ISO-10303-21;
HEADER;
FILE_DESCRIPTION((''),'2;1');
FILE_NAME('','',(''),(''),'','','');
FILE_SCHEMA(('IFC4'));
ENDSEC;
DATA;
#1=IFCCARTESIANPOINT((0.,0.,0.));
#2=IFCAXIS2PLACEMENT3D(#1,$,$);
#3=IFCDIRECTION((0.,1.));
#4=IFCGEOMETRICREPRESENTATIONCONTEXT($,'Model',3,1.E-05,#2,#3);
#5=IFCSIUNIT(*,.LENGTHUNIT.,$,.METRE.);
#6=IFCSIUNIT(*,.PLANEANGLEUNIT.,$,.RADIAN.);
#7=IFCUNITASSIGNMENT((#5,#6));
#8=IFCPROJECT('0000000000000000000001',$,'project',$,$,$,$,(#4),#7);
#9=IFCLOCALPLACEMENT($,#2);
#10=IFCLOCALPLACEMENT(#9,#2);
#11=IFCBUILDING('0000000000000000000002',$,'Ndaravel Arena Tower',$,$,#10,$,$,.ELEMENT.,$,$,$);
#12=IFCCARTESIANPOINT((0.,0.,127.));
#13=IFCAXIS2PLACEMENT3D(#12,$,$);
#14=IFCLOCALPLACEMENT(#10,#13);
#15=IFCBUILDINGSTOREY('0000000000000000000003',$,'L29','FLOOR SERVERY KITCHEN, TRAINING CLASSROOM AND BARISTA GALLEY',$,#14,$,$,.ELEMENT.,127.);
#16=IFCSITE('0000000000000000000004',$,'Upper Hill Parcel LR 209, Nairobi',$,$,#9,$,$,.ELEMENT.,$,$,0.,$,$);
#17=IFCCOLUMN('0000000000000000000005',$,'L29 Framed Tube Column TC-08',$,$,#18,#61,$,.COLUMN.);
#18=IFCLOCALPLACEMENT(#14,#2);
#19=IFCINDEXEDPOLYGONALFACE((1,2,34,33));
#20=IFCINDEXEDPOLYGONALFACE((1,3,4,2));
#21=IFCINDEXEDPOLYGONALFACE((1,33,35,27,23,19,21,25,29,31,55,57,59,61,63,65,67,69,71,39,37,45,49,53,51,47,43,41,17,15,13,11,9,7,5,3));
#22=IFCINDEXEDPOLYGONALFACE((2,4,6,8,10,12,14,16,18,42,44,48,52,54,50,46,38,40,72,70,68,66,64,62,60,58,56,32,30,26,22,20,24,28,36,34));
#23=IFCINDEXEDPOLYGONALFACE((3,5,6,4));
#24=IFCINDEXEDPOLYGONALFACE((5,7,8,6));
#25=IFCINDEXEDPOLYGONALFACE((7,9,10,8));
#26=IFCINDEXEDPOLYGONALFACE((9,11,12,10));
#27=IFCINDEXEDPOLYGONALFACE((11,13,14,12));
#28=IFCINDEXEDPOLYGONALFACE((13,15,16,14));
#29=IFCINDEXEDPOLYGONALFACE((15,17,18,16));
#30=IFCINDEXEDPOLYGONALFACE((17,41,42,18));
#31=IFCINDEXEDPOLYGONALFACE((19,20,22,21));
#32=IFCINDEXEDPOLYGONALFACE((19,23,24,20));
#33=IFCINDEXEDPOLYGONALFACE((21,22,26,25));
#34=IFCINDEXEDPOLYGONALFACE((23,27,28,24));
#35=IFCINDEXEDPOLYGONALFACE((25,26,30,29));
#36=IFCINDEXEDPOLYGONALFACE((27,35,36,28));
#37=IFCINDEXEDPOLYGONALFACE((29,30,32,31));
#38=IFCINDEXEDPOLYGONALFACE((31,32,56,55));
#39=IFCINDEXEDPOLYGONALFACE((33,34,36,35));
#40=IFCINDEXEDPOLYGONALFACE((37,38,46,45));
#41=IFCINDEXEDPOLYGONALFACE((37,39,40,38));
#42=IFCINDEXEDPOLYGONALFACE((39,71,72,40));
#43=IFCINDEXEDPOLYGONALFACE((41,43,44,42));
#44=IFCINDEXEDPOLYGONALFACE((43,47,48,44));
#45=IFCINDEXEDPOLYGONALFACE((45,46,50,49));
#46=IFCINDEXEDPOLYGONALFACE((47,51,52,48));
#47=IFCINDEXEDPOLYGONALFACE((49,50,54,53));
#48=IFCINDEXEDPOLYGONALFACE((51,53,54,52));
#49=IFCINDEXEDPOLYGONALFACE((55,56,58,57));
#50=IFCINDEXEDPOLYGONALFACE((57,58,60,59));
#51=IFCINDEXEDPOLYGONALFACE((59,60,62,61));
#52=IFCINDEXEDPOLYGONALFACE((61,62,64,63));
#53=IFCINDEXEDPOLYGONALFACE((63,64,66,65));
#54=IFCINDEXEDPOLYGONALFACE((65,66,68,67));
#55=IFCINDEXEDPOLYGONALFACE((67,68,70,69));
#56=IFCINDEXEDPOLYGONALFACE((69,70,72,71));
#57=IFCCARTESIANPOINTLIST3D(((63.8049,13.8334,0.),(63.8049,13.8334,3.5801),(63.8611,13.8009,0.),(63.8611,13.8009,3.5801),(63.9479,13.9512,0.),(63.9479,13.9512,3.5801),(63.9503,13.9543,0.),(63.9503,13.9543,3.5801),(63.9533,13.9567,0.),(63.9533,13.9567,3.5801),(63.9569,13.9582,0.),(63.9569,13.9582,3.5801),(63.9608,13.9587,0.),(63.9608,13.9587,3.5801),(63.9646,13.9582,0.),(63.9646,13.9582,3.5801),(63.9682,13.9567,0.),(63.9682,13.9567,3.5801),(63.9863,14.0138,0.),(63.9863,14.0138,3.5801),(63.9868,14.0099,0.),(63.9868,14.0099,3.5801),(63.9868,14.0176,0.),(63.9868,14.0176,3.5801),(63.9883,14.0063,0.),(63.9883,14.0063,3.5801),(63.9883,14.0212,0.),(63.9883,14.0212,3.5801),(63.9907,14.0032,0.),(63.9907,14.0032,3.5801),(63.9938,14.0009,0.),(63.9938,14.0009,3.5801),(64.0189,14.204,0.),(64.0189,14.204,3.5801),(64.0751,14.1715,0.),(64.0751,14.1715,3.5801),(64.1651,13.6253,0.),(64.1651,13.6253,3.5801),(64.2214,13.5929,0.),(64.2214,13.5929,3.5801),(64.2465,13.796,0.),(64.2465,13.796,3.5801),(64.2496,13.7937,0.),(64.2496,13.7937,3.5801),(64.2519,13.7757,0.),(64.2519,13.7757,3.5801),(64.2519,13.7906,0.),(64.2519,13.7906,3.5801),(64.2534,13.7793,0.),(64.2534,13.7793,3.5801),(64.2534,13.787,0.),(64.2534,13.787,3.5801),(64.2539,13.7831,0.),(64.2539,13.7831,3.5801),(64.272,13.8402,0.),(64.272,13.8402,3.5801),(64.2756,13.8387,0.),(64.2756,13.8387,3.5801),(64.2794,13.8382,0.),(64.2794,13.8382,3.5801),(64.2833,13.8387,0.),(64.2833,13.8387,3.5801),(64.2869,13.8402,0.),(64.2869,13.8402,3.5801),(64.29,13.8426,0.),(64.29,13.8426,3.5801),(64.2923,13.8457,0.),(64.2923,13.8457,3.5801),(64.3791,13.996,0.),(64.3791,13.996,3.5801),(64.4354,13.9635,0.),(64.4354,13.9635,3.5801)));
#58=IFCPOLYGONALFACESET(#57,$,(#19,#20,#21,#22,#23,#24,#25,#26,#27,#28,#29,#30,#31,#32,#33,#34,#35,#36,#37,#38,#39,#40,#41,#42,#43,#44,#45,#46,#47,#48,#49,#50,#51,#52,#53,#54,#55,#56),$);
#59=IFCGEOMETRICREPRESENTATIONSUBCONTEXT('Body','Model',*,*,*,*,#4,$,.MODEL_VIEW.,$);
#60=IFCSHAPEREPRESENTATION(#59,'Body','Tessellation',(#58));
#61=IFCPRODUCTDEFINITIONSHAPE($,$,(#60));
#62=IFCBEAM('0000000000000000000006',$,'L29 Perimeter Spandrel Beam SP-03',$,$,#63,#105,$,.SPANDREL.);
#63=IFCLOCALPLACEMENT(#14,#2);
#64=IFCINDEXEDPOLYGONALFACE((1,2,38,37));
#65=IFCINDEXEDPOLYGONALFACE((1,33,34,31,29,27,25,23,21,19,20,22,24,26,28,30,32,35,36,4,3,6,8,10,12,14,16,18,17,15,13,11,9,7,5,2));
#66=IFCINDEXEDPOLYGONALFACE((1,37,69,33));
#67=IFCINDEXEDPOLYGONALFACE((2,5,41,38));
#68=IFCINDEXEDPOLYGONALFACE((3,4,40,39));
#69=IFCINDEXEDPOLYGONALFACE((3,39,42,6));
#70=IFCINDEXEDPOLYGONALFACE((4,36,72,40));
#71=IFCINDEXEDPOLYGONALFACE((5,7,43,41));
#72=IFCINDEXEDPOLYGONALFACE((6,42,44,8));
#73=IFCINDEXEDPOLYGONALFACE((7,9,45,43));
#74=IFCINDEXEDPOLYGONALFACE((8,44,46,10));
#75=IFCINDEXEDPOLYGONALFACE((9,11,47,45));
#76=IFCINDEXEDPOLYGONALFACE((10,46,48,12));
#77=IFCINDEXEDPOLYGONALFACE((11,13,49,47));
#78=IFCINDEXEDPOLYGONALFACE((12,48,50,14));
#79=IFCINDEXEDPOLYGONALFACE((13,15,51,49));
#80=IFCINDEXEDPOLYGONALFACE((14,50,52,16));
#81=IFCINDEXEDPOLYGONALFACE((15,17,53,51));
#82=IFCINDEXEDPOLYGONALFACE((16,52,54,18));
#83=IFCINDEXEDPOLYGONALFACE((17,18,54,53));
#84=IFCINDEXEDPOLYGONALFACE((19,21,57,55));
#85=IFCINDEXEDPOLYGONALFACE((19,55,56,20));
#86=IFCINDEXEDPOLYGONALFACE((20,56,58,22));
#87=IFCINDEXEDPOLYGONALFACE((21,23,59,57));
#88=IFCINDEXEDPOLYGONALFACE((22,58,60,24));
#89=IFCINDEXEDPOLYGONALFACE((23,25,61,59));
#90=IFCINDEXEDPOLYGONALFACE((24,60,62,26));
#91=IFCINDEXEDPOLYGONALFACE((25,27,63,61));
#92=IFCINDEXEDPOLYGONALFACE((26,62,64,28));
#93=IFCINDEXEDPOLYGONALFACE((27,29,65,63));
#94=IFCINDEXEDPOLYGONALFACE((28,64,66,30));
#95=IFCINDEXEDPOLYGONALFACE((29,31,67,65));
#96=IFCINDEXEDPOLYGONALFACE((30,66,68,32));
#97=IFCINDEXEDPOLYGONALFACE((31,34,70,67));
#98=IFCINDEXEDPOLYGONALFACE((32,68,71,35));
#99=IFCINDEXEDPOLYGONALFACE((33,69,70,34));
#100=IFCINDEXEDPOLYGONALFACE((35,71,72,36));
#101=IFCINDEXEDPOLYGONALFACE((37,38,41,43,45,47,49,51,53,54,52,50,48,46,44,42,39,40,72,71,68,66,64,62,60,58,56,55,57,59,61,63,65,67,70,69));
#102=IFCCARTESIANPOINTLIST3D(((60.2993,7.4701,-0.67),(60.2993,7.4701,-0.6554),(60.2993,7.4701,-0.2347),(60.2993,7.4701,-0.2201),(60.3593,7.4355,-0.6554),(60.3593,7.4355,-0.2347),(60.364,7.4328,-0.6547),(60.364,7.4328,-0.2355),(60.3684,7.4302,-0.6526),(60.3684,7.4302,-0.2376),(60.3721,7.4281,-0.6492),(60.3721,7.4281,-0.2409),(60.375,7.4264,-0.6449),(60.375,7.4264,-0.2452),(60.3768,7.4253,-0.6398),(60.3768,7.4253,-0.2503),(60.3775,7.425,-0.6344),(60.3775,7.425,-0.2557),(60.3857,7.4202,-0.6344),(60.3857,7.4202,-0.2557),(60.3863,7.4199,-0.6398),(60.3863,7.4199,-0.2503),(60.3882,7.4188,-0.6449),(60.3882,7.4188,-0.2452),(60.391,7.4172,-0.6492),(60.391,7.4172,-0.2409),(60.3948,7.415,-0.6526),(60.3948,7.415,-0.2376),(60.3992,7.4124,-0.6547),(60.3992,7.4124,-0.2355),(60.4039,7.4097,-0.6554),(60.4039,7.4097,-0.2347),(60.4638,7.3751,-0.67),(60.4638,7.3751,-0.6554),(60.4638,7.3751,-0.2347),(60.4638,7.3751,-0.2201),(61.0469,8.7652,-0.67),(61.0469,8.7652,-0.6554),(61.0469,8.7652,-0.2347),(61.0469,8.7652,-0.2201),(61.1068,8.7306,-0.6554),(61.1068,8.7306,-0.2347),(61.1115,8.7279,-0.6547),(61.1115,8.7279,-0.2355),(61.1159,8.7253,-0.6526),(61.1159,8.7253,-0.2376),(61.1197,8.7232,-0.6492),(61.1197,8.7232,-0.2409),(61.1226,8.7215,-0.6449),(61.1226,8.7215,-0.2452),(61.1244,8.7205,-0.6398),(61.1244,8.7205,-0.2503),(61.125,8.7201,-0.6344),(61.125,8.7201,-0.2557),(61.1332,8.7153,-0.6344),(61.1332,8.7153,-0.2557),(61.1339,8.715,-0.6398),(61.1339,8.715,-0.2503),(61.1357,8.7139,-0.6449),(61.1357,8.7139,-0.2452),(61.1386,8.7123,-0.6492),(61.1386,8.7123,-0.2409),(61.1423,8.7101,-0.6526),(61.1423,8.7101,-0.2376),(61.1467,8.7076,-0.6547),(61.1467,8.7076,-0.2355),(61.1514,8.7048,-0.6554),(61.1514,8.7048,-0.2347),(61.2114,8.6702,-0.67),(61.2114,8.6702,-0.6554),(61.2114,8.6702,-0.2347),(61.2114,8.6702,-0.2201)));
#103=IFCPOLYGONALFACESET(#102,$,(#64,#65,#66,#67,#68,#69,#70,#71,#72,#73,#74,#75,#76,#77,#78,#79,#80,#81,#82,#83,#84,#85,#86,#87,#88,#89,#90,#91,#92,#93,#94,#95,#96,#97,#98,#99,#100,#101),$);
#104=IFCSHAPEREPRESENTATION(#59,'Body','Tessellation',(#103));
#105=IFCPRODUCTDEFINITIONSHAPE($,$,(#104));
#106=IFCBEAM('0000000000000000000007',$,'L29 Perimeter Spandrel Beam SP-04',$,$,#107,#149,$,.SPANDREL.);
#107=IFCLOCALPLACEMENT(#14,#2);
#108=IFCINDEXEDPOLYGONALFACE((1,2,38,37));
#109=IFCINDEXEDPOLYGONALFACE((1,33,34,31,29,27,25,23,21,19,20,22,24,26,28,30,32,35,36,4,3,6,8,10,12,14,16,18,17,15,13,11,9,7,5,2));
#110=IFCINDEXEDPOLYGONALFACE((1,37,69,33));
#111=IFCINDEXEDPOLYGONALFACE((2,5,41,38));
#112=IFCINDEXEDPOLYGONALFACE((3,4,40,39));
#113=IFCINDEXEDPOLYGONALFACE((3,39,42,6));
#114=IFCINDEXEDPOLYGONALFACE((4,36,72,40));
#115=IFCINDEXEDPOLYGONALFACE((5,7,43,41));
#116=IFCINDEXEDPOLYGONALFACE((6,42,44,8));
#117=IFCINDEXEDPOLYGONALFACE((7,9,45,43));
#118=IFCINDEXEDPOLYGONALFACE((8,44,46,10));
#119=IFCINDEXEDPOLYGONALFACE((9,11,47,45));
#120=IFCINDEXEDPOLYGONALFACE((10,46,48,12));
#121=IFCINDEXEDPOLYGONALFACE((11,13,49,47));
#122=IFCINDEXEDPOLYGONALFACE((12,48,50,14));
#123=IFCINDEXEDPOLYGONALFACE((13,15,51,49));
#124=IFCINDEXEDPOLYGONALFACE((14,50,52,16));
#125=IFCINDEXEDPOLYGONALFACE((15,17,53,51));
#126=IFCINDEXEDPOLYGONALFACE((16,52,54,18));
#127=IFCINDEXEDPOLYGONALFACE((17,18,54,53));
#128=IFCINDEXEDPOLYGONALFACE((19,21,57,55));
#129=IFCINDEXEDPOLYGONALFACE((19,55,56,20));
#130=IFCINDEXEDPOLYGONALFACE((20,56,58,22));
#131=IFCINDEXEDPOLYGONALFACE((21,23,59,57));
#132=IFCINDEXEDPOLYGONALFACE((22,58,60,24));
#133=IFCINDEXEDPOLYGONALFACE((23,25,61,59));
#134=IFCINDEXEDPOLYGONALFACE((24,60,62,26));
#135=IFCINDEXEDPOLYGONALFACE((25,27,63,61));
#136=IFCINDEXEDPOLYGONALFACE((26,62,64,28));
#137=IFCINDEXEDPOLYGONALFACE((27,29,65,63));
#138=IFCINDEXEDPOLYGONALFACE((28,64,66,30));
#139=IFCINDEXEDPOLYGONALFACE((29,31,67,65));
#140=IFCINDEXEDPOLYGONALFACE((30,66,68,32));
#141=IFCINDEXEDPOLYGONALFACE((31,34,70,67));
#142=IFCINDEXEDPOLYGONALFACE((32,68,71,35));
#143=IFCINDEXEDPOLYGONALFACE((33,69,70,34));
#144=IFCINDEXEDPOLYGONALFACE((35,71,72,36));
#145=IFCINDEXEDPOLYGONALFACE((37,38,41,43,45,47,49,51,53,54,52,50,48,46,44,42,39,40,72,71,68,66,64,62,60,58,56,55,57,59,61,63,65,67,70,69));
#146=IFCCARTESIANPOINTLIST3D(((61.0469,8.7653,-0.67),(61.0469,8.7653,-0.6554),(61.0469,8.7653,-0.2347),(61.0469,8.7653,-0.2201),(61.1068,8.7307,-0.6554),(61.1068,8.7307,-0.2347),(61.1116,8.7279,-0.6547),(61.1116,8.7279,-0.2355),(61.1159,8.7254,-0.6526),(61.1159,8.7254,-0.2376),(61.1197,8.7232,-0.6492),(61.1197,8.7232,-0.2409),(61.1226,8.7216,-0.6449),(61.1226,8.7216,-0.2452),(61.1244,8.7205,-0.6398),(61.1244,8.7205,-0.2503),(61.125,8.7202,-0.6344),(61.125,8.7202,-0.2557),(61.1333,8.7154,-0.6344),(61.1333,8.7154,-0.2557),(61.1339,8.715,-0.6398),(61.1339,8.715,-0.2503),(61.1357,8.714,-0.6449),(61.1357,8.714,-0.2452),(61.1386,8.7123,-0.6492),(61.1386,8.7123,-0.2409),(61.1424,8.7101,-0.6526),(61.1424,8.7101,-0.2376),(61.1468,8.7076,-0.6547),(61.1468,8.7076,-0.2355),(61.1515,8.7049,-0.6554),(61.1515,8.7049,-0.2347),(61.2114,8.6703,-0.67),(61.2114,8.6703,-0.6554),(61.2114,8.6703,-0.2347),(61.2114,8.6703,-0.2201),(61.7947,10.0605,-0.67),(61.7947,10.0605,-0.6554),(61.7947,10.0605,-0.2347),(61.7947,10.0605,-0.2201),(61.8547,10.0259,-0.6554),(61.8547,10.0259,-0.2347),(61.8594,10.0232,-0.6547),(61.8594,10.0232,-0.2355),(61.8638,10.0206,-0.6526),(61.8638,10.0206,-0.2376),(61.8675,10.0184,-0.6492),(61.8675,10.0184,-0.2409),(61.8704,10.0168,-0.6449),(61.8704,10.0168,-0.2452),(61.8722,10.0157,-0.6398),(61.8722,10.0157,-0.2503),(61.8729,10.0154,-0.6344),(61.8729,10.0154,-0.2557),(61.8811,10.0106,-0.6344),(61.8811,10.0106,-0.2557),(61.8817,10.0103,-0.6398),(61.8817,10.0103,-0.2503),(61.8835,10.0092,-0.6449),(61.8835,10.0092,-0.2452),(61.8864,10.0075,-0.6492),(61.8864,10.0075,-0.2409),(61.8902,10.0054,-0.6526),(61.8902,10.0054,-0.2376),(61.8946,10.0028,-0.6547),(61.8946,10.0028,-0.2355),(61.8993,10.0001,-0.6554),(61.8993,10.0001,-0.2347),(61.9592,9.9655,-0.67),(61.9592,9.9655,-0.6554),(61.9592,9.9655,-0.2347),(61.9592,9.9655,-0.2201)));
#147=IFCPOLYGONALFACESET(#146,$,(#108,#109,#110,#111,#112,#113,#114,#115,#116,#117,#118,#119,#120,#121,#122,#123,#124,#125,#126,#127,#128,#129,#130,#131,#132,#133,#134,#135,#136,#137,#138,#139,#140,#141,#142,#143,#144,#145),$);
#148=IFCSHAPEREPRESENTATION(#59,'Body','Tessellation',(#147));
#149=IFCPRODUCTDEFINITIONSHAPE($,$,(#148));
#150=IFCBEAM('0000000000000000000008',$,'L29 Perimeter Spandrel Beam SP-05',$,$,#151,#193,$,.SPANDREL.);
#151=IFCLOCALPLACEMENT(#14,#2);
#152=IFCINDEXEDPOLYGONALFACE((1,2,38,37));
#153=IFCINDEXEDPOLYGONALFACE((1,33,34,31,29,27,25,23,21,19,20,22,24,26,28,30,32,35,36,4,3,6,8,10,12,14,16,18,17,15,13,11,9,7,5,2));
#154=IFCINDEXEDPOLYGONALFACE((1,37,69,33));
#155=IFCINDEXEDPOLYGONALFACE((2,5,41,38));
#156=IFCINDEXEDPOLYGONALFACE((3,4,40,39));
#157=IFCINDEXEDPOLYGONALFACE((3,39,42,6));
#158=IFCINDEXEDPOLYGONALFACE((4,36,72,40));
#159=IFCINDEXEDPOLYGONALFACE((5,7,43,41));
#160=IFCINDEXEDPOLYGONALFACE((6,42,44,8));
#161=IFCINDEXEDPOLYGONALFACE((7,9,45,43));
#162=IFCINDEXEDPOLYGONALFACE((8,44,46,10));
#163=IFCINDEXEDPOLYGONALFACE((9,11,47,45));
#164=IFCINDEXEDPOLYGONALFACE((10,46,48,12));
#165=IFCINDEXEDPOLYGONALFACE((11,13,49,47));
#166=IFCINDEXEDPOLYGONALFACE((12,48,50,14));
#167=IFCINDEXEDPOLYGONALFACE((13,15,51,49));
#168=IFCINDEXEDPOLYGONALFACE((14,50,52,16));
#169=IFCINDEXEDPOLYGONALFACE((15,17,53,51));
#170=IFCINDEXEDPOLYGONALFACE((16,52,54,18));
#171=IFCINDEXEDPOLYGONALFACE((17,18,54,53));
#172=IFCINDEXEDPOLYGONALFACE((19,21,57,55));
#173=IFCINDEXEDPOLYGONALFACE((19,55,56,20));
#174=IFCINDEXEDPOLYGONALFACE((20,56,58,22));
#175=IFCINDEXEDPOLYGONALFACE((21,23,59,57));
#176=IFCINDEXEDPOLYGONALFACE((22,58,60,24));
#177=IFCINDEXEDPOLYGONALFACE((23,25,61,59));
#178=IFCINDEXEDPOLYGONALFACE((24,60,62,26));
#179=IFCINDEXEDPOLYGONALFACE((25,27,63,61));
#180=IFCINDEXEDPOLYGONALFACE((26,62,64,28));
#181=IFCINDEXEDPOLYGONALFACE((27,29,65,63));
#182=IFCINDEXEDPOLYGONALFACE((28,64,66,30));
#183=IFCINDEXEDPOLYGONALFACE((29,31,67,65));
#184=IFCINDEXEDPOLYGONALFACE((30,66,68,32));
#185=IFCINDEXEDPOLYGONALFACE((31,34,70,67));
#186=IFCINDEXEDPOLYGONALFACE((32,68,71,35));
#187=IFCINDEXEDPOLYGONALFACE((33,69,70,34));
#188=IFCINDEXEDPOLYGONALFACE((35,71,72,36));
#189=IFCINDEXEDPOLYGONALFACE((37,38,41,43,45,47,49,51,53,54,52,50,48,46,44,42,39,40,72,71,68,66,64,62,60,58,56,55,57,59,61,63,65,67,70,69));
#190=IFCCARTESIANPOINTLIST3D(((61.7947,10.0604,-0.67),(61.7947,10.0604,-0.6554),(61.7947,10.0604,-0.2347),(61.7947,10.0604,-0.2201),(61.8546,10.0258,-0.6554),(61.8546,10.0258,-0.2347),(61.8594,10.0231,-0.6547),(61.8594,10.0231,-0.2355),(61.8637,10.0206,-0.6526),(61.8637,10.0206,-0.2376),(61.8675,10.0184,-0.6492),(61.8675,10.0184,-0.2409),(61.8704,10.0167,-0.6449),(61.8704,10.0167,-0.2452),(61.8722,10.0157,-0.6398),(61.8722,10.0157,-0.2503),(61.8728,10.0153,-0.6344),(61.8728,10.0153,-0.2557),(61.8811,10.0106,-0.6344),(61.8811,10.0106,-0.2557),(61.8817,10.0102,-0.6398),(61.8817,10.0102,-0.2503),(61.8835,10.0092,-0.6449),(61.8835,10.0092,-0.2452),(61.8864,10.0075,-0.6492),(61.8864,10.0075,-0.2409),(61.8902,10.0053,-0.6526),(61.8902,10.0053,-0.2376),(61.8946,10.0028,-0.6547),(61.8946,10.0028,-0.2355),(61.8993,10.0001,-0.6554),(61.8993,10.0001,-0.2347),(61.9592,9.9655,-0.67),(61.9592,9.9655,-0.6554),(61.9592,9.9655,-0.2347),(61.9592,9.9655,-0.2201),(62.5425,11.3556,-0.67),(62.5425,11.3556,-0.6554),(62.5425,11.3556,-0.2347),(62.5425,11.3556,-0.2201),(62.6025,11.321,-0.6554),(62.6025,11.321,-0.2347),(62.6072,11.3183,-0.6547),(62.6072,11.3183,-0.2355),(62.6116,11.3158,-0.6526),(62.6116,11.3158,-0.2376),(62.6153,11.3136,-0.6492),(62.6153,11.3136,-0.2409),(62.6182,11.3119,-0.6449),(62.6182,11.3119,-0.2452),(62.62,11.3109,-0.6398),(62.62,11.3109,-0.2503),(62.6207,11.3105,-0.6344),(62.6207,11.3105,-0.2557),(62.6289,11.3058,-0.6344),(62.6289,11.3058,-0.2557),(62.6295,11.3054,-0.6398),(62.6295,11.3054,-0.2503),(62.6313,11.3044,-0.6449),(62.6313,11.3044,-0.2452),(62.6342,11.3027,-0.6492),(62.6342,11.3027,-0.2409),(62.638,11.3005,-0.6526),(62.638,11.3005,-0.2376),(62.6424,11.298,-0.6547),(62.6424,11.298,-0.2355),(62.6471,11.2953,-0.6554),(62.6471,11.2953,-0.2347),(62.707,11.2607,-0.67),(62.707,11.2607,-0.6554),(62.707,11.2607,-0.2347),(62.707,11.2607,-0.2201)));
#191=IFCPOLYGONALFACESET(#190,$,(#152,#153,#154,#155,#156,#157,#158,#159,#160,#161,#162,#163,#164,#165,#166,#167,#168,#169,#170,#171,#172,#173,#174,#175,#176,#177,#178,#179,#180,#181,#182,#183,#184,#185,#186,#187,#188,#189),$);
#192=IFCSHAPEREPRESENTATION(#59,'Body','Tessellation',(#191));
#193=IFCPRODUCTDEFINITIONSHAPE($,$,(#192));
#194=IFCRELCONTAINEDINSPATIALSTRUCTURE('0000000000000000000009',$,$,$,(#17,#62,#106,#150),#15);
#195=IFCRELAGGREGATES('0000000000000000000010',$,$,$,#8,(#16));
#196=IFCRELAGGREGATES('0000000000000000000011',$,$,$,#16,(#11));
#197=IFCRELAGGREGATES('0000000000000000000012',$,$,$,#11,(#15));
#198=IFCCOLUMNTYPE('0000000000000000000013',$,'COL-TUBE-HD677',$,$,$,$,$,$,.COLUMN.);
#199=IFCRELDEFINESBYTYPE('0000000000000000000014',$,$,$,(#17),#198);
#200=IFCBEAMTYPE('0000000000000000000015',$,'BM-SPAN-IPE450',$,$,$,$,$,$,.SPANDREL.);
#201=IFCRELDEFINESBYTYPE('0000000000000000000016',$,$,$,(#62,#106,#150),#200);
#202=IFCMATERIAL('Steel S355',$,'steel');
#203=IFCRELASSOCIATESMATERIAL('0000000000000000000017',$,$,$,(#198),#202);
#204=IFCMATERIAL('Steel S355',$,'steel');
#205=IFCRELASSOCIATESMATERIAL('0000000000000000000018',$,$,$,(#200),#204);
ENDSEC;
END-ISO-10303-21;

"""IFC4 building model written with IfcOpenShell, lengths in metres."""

from ifc_helpers import new_model, si_unit, direction, frame, origin, origin_2d, place, context, subcontext, project, spatial, i_section, extrude, material, material_profile, profile_set, type_object, element, save


model = new_model("IFC4")

# Units and contexts
model_context = context("Model", 3, precision=1e-05, world=origin(), true_north=direction((0.0, 1.0)))
body_context = subcontext(model_context, "Body", "Model", "MODEL_VIEW")
ifc_project = project(units=[si_unit("LENGTHUNIT", "METRE"), si_unit("PLANEANGLEUNIT", "RADIAN")], contexts=[model_context])

# Site, building, storey
site_placement = place(None, origin())
site = spatial("IfcSite", under=ifc_project, at=site_placement, Name="Upper Hill Parcel LR 209, Nairobi", CompositionType="ELEMENT", RefElevation=0.0)
building_placement = place(site_placement, origin())
building = spatial("IfcBuilding", under=site, at=building_placement, Name="Ndaravel Arena Tower", CompositionType="ELEMENT")
storey_placement = place(building_placement, frame((0.0, 0.0, 127.0)))
storey = spatial("IfcBuildingStorey", under=building, at=storey_placement, Name="L29", Description="FLOOR SERVERY KITCHEN, TRAINING CLASSROOM AND BARISTA GALLEY", CompositionType="ELEMENT", Elevation=127.0)

# Column
ifc_material_1 = material(Name="Steel S355", Category="steel")
ifc_material_profile_1 = material_profile(ifc_material_1, i_section(OverallWidth=0.428, OverallDepth=0.481, WebThickness=0.051, FlangeThickness=0.0649, FilletRadius=0.0149, at=origin_2d()), Name="HD 400x677")
ifc_profile_set_1 = profile_set([ifc_material_profile_1], Name="Steel S355")
column_type = type_object("IfcColumnType", Name="COL-TUBE-HD677", PredefinedType="COLUMN", material=ifc_profile_set_1)
for number, where, z_axis, x_axis, name in (
    (1, (64.1201, 13.8984, 0.0), (0.0, 0.0, 1.0), (0.5, 0.866025, 0.0), "L29 Framed Tube Column TC-08"),
):
    element("IfcColumn", number, at=place(storey_placement, frame(where, z_axis=z_axis, x_axis=x_axis)), inside=storey, type_object=column_type, Name=name, PredefinedType="COLUMN", context=body_context, shape_type="SweptSolid", body=[
        extrude(i_section(OverallWidth=0.428, OverallDepth=0.481, WebThickness=0.051, FlangeThickness=0.0649, FilletRadius=0.0149, at=origin_2d()), origin(), (0.0, 0.0, 1.0), 3.5801),
    ])

# Beams
ifc_material_2 = material(Name="Steel S355", Category="steel")
ifc_material_profile_2 = material_profile(ifc_material_2, i_section(OverallWidth=0.1899, OverallDepth=0.45, WebThickness=0.0095, FlangeThickness=0.0146, FilletRadius=0.021, at=origin_2d()), Name="IPE 450")
ifc_profile_set_2 = profile_set([ifc_material_profile_2], Name="Steel S355")
beam_type = type_object("IfcBeamType", Name="BM-SPAN-IPE450", PredefinedType="SPANDREL", material=ifc_profile_set_2)
beam_1_placement = place(storey_placement, frame((60.3816, 7.4226, -0.4451), z_axis=(0.499897, 0.866085, 0.0), x_axis=(-0.866085, 0.499897, 0.0)))
element("IfcBeam", 2, at=beam_1_placement, inside=storey, type_object=beam_type, Name="L29 Perimeter Spandrel Beam SP-03", PredefinedType="SPANDREL", context=body_context, shape_type="SweptSolid", body=[
    extrude(i_section(OverallWidth=0.1899, OverallDepth=0.45, WebThickness=0.0095, FlangeThickness=0.0146, FilletRadius=0.021, at=origin_2d()), origin(), (0.0, 0.0, 1.0), 1.4954),
])
for number, where, z_axis, x_axis, name in (
    (3, (61.1292, 8.7178, -0.4451), (0.500019, 0.866014, 0.0), (-0.866014, 0.500019, 0.0), "L29 Perimeter Spandrel Beam SP-04"),
    (4, (61.877, 10.0129, -0.4451), (0.500019, 0.866014, 0.0), (-0.866014, 0.500019, 0.0), "L29 Perimeter Spandrel Beam SP-05"),
):
    element("IfcBeam", number, at=place(storey_placement, frame(where, z_axis=z_axis, x_axis=x_axis)), inside=storey, type_object=beam_type, Name=name, PredefinedType="SPANDREL", context=body_context, shape_type="SweptSolid", body=[
        extrude(i_section(OverallWidth=0.1899, OverallDepth=0.45, WebThickness=0.0095, FlangeThickness=0.0146, FilletRadius=0.021, at=origin_2d()), origin(), (0.0, 0.0, 1.0), 1.4956),
    ])

save(model, "model.ifc")
